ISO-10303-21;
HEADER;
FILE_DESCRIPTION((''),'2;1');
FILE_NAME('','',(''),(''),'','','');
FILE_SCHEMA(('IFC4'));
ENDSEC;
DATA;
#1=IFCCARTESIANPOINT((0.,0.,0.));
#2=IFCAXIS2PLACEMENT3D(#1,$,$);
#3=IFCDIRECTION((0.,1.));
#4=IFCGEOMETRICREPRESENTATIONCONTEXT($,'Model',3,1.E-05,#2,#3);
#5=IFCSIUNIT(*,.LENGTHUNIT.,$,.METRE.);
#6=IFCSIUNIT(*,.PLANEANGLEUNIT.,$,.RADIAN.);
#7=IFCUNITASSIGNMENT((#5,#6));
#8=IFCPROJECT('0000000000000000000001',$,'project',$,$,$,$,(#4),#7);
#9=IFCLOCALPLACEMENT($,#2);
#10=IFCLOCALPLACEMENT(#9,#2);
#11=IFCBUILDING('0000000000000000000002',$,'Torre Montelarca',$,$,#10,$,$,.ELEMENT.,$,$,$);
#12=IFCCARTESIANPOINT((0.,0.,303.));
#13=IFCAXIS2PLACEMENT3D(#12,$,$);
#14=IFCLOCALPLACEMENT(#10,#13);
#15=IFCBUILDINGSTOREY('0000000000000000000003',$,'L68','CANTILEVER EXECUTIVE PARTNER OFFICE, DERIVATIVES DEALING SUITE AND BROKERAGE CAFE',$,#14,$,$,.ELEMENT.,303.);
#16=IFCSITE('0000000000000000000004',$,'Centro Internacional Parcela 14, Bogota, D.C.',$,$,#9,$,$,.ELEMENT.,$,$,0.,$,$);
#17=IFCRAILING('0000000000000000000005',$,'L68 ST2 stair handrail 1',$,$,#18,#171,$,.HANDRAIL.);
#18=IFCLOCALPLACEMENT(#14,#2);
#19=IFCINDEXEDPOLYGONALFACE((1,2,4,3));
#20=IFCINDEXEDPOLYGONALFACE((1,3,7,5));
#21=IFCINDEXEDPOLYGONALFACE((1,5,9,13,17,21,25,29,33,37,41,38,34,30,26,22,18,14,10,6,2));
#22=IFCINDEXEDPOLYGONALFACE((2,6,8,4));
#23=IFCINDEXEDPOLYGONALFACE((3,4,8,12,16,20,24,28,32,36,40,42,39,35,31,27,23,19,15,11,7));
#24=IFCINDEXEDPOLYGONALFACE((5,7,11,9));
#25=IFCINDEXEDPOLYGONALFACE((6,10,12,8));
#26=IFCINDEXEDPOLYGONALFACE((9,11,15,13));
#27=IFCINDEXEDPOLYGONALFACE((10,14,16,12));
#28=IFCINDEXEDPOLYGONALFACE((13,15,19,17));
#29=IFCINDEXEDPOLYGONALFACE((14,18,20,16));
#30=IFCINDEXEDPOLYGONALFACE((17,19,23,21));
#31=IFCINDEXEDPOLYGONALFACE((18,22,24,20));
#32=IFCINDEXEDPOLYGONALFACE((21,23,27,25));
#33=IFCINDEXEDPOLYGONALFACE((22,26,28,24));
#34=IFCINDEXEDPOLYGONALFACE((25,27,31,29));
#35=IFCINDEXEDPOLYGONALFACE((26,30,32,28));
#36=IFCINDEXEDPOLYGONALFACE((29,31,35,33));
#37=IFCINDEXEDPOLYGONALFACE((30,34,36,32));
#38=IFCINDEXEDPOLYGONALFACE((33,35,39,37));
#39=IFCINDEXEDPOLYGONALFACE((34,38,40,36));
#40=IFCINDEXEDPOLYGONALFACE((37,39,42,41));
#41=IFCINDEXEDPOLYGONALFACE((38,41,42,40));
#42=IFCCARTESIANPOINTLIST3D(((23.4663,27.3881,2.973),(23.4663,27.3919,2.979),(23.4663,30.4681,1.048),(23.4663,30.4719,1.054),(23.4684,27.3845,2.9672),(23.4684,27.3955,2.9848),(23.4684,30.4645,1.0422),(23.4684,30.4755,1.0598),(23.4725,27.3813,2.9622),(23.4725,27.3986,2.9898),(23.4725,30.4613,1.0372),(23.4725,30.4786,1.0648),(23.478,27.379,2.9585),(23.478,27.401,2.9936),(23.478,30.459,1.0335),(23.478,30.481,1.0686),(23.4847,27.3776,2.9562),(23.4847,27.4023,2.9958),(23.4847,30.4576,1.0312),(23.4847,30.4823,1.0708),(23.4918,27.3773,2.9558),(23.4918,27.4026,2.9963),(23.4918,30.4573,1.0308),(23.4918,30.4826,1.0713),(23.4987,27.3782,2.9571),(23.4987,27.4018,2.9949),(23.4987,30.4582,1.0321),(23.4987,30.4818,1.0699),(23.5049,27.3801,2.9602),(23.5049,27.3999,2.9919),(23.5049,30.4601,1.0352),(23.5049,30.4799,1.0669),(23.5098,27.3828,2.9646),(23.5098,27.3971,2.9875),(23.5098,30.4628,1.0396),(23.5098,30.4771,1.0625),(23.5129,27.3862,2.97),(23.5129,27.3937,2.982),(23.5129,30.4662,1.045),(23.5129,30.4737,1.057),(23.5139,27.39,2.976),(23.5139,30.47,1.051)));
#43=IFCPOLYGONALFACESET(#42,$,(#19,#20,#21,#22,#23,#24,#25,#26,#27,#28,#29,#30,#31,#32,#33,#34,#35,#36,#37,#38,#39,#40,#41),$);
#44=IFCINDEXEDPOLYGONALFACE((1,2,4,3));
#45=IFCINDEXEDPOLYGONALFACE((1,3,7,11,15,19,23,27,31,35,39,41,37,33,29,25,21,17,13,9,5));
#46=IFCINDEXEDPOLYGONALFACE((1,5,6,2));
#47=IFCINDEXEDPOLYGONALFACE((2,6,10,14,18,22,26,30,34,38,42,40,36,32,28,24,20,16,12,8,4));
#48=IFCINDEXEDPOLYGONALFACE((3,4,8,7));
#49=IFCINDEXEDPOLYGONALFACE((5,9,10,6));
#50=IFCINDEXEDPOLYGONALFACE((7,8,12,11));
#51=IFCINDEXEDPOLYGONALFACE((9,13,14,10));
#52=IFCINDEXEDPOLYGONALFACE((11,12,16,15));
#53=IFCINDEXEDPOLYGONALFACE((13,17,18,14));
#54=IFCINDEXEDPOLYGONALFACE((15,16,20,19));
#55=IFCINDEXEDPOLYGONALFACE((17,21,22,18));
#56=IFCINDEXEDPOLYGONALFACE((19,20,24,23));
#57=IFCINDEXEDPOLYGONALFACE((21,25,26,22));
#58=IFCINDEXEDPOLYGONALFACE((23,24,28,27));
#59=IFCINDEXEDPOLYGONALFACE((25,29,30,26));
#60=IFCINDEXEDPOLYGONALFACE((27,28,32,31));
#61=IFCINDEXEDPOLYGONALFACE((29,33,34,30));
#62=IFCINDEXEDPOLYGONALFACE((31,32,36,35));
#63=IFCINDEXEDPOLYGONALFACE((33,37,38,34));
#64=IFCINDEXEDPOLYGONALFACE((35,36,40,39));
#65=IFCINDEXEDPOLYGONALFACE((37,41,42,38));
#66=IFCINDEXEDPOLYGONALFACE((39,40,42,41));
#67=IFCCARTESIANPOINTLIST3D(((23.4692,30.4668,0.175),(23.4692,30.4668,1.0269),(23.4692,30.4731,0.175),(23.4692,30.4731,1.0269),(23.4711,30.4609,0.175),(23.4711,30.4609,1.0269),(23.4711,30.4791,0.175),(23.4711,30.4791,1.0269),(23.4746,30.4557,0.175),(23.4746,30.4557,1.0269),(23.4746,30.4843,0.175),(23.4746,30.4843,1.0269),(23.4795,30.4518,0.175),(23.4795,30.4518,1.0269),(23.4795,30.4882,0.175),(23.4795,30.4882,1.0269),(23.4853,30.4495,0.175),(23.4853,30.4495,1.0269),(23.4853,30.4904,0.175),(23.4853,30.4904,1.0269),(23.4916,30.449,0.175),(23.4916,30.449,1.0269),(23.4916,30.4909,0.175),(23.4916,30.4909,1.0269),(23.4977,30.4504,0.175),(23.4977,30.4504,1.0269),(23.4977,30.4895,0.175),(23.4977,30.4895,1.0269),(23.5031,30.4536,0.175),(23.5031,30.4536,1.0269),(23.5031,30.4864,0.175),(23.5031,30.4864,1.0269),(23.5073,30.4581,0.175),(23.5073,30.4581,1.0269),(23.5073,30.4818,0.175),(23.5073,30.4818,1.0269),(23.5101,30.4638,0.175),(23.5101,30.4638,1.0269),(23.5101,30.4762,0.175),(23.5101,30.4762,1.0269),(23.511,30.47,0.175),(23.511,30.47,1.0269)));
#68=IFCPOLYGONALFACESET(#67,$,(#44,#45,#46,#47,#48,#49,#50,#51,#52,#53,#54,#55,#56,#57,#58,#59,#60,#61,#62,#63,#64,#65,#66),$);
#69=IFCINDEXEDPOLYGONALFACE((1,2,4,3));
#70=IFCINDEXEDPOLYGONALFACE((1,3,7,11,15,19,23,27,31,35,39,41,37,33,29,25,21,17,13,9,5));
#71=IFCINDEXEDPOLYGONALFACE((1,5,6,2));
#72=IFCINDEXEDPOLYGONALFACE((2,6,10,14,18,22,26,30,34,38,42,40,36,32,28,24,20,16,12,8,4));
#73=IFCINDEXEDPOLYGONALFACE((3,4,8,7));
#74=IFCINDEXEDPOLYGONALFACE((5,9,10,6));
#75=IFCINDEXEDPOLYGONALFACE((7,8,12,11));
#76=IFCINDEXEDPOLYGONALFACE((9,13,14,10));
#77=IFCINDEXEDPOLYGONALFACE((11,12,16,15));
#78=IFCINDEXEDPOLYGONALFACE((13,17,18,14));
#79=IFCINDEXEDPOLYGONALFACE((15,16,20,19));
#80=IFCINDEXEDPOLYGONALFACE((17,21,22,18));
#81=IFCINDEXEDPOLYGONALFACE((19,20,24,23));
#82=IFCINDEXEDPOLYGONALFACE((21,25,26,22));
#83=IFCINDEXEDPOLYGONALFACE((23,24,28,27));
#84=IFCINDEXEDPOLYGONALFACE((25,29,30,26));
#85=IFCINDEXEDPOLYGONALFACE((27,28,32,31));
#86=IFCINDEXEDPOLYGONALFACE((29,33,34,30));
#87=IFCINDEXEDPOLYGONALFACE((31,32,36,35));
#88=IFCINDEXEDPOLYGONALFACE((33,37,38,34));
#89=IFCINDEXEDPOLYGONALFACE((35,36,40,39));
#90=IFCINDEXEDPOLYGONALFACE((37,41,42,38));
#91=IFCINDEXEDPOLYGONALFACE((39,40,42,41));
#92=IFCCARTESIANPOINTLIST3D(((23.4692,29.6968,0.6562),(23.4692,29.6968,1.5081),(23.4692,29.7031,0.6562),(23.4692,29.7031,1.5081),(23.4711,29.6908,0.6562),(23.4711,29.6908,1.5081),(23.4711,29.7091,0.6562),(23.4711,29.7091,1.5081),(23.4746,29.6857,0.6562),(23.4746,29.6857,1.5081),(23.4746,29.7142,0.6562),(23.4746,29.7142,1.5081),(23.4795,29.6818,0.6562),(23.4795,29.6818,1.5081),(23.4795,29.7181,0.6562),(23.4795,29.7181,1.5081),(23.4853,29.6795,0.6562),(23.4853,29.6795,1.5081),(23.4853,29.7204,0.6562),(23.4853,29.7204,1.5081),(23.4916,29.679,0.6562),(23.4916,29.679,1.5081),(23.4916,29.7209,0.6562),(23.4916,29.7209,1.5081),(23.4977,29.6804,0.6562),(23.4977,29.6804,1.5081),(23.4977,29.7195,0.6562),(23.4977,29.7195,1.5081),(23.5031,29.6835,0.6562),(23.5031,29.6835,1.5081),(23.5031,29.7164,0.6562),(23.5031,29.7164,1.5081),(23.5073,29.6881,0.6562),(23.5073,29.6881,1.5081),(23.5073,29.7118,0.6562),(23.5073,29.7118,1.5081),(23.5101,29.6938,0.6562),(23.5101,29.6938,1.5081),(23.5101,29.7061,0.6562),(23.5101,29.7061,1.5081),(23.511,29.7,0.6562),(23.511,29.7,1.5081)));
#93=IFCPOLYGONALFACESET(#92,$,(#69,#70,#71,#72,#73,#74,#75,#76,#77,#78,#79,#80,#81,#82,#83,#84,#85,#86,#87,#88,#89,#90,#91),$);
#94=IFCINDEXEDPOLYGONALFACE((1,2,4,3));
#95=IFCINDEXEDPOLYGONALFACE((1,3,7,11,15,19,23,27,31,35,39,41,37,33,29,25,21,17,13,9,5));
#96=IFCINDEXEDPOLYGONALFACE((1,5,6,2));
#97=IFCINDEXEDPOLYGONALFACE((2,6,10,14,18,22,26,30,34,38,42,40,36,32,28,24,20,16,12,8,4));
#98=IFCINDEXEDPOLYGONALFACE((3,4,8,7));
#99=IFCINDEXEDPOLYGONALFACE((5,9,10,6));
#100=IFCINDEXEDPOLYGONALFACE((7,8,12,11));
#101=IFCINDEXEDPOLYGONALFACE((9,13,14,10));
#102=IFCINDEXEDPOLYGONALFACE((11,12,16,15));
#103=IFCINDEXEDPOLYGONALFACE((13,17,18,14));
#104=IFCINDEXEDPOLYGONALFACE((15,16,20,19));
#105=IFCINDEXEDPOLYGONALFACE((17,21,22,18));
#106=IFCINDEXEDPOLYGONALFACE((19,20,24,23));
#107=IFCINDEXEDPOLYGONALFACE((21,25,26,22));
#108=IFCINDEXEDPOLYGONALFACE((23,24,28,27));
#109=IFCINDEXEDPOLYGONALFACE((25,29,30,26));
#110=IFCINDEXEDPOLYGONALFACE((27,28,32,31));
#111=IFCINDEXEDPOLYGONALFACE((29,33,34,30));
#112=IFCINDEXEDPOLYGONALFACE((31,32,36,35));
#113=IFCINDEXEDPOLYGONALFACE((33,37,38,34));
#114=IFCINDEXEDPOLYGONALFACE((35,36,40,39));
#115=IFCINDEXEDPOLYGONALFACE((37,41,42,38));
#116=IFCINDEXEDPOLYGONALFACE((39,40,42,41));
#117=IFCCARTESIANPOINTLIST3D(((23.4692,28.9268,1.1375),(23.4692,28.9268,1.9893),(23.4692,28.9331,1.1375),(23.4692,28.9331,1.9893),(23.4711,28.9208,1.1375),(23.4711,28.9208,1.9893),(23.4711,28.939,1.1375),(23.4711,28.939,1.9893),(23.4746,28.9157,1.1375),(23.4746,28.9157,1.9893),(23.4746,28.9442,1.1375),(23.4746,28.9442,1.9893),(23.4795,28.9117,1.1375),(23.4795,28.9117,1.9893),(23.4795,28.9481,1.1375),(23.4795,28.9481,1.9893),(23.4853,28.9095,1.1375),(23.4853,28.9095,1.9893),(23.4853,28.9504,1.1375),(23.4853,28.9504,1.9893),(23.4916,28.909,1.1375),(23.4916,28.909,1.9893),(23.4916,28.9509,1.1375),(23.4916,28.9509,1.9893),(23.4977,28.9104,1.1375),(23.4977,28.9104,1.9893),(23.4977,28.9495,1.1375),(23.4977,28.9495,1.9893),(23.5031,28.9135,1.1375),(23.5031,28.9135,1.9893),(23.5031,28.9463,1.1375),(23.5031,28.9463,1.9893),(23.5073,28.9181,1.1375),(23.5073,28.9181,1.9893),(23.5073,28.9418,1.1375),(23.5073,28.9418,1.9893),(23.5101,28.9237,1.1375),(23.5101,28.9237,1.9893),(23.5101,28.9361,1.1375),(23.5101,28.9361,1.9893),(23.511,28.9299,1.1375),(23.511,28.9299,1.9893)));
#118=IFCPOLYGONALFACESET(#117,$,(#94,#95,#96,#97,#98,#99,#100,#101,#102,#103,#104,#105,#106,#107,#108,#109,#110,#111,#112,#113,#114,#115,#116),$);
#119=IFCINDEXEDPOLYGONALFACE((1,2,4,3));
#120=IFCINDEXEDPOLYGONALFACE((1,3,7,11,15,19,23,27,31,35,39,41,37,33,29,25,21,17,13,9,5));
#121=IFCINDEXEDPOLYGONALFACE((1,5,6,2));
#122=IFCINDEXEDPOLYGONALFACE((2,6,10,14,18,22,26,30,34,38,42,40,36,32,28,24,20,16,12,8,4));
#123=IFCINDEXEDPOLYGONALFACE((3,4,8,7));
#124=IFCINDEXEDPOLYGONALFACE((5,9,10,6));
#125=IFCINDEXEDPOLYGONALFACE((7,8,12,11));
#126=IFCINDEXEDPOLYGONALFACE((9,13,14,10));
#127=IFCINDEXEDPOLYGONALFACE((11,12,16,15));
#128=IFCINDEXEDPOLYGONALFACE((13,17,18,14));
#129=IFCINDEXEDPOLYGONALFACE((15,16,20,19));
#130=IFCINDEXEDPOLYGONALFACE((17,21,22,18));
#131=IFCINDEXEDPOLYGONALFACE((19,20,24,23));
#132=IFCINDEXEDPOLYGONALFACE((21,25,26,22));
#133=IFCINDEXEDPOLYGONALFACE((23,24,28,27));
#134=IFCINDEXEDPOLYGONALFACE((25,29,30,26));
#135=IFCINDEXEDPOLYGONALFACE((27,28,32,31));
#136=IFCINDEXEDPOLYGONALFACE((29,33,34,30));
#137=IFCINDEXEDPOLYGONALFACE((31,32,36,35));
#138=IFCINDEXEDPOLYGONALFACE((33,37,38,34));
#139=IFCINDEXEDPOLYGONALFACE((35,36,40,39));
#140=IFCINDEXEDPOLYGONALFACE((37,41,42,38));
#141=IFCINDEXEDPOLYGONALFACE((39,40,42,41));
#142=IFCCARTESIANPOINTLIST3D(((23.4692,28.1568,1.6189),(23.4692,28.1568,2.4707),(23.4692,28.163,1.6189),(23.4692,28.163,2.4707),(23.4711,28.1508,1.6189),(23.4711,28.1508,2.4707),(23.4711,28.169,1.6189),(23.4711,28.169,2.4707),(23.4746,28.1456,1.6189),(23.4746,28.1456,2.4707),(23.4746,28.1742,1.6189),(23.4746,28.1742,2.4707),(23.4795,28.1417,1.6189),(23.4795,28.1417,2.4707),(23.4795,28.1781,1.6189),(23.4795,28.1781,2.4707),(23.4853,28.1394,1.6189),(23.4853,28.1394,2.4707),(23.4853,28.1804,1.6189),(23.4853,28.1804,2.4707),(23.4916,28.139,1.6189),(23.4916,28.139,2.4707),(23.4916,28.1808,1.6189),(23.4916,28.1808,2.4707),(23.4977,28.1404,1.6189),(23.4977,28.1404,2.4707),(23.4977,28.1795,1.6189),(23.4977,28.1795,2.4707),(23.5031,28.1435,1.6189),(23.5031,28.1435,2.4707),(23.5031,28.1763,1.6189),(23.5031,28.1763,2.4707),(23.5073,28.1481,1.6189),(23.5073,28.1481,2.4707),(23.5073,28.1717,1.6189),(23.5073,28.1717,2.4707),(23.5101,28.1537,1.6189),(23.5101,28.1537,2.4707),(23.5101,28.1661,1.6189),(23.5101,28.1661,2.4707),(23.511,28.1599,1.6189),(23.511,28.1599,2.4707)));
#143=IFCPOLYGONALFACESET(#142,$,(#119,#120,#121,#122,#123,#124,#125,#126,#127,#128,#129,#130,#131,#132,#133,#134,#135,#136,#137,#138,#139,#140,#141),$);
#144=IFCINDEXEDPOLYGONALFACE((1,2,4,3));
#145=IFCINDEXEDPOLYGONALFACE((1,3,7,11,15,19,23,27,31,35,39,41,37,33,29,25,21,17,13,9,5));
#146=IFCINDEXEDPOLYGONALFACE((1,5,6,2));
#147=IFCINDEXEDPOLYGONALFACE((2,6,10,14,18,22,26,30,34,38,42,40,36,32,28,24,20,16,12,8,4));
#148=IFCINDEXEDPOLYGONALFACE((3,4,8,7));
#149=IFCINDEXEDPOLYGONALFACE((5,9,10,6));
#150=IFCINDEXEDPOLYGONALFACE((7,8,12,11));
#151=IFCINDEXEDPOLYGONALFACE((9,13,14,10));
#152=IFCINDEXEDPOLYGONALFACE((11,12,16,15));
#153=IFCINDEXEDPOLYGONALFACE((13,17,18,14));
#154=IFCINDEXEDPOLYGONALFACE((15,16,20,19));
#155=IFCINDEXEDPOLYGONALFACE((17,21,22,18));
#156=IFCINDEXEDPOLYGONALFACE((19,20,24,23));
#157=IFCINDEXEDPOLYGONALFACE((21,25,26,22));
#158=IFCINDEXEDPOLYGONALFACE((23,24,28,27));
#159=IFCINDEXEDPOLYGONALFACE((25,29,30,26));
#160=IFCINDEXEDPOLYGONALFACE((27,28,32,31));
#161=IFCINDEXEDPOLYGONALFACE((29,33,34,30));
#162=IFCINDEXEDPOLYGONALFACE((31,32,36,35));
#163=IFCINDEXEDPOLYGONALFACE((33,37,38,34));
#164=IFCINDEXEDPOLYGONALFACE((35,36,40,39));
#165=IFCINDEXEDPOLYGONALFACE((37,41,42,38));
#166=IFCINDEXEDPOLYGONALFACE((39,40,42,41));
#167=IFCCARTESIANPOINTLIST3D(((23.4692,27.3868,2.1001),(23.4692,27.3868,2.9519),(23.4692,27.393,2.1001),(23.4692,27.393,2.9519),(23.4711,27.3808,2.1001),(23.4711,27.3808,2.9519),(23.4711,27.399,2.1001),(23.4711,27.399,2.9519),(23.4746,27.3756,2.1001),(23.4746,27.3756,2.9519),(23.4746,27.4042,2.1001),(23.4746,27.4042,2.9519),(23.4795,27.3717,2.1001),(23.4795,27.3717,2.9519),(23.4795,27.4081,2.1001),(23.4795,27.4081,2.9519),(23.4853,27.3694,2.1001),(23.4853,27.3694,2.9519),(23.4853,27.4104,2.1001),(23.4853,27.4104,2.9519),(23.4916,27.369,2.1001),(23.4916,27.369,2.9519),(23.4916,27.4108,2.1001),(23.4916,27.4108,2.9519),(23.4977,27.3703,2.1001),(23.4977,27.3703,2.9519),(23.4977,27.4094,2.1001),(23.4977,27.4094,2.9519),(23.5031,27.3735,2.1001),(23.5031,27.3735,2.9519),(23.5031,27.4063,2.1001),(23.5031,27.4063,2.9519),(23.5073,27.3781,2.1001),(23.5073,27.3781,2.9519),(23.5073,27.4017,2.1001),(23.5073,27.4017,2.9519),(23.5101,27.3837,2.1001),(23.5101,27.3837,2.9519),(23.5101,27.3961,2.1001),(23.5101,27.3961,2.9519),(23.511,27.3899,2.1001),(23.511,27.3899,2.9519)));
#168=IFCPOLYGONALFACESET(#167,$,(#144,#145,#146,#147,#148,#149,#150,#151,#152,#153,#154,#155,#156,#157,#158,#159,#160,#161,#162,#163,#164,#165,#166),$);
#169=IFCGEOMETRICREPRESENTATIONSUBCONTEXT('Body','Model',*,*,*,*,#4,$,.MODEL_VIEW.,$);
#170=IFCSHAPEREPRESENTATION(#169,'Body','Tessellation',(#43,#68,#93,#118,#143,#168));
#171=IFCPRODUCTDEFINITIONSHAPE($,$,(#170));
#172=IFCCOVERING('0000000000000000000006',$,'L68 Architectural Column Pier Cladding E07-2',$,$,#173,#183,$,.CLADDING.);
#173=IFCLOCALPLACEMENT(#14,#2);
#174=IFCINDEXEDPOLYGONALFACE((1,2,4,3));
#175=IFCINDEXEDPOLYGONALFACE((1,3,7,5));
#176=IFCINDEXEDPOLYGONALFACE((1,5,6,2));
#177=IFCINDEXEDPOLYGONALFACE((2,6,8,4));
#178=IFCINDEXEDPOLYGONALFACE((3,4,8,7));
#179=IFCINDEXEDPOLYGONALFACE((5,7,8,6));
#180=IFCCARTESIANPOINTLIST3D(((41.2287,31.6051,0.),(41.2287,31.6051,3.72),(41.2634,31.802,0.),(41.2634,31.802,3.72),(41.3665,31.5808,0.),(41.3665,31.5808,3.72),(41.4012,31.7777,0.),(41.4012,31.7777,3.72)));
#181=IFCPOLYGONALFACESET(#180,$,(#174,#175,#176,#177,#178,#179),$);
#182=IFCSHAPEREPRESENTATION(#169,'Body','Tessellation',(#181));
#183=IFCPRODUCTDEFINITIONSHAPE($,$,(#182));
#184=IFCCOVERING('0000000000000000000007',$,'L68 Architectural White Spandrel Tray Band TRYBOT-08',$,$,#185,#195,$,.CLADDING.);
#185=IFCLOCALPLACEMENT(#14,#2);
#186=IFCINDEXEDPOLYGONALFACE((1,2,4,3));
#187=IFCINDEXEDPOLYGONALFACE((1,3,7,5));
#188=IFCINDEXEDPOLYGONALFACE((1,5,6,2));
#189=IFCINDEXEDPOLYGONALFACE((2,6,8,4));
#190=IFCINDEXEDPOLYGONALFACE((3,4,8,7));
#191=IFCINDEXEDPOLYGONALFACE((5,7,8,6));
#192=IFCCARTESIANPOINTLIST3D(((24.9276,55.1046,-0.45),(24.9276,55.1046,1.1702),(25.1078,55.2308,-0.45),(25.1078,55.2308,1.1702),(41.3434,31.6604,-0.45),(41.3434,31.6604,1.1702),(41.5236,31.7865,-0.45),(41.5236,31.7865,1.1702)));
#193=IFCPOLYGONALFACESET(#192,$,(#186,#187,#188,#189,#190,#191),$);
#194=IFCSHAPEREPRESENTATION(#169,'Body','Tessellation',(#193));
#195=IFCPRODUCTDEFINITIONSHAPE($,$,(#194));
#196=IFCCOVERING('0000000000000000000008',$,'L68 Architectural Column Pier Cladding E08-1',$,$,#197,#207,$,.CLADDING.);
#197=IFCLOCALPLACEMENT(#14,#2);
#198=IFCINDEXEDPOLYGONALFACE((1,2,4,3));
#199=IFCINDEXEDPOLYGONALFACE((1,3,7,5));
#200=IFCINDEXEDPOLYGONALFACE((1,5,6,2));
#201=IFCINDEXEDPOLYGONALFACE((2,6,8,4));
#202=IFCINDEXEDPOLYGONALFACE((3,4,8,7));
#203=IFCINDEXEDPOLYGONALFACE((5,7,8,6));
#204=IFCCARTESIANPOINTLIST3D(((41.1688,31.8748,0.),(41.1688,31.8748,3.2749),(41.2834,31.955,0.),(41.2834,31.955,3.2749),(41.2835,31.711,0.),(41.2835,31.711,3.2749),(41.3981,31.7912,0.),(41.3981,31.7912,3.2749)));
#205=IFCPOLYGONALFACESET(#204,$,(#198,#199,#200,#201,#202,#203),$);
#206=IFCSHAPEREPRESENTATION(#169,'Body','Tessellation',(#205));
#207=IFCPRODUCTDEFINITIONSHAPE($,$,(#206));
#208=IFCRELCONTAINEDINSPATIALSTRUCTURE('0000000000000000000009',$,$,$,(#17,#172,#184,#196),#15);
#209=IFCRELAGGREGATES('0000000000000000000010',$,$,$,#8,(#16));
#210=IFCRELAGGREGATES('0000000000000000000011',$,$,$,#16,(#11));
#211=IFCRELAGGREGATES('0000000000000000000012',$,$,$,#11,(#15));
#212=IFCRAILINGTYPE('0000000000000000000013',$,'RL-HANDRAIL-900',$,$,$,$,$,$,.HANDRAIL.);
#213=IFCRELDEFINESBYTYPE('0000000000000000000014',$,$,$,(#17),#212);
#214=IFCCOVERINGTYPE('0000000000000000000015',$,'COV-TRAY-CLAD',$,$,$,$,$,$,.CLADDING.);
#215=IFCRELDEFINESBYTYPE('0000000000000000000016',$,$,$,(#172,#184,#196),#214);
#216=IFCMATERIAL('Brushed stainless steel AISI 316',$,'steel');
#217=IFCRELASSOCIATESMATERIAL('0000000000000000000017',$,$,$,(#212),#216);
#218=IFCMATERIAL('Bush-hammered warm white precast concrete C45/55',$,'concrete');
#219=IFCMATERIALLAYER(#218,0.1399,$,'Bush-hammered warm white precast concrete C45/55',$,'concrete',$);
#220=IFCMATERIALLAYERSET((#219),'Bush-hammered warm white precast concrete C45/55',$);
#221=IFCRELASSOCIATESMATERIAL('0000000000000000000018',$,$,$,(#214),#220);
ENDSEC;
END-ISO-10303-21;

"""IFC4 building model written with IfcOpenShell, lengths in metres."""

from ifc_helpers import new_model, si_unit, direction, frame, origin, origin_2d, place, context, subcontext, project, spatial, rectangle, circle, extrude, source, transform, mapped, material, layer, layer_set, type_object, element, save


model = new_model("IFC4")

# Units and contexts
model_context = context("Model", 3, precision=1e-05, world=origin(), true_north=direction((0.0, 1.0)))
body_context = subcontext(model_context, "Body", "Model", "MODEL_VIEW")
ifc_project = project(units=[si_unit("LENGTHUNIT", "METRE"), si_unit("PLANEANGLEUNIT", "RADIAN")], contexts=[model_context])

# Site, building, storey
site_placement = place(None, origin())
site = spatial("IfcSite", under=ifc_project, at=site_placement, Name="Centro Internacional Parcela 14, Bogota, D.C.", CompositionType="ELEMENT", RefElevation=0.0)
building_placement = place(site_placement, origin())
building = spatial("IfcBuilding", under=site, at=building_placement, Name="Torre Montelarca", CompositionType="ELEMENT")
storey_placement = place(building_placement, frame((0.0, 0.0, 303.0)))
storey = spatial("IfcBuildingStorey", under=building, at=storey_placement, Name="L68", Description="CANTILEVER EXECUTIVE PARTNER OFFICE, DERIVATIVES DEALING SUITE AND BROKERAGE CAFE", CompositionType="ELEMENT", Elevation=303.0)

# Shared definitions
ifc_material_1 = material(Name="Brushed stainless steel AISI 316", Category="steel")

# Railing
railing_type_1 = type_object("IfcRailingType", Name="RL-HANDRAIL-900", PredefinedType="HANDRAIL", material=ifc_material_1)
railing_1_placement = place(storey_placement, frame((23.49, 30.47, 0.175)))
element("IfcRailing", 1, at=railing_1_placement, inside=storey, type_object=railing_type_1, Name="L68 ST2 stair handrail 1", PredefinedType="HANDRAIL", context=body_context, shape_type="SweptSolid", body=[
    extrude(circle(Radius=0.0239, at=origin_2d()), frame((0.0, 0.0, 0.876), z_axis=(0.0, -0.847998, 0.529999), x_axis=(1.0, 0.0, 0.0)), (0.0, 0.0, 1.0), 3.6321),
    extrude(circle(Radius=0.021, at=origin_2d()), origin(), (0.0, 0.0, 1.0), 0.8518),
    extrude(circle(Radius=0.021, at=origin_2d()), frame((0.0, -0.77, 0.4812)), (0.0, 0.0, 1.0), 0.8518),
    extrude(circle(Radius=0.021, at=origin_2d()), frame((0.0, -1.54, 0.9624)), (0.0, 0.0, 1.0), 0.8518),
    extrude(circle(Radius=0.021, at=origin_2d()), frame((0.0, -2.3101, 1.4438)), (0.0, 0.0, 1.0), 0.8518),
    extrude(circle(Radius=0.021, at=origin_2d()), frame((0.0, -3.0801, 1.925)), (0.0, 0.0, 1.0), 0.8518),
])

# Coverings
ifc_material_2 = material(Name="Bush-hammered warm white precast concrete C45/55", Category="concrete")
ifc_layer_1 = layer(ifc_material_2, 0.1399, Name="Bush-hammered warm white precast concrete C45/55", Category="concrete")
ifc_layer_set_1 = layer_set([ifc_layer_1], Name="Bush-hammered warm white precast concrete C45/55")
covering_type = type_object("IfcCoveringType", Name="COV-TRAY-CLAD", PredefinedType="CLADDING", material=ifc_layer_set_1)
shared_shape_1 = source(origin(), body_context, "Body", "SweptSolid", [
    extrude(rectangle(XDim=0.2, YDim=0.1399, at=origin_2d()), origin(), (0.0, 0.0, 1.0), 3.72),
])
covering_1_placement = place(storey_placement, frame((41.3149, 31.6914, 0.0), z_axis=(0.0, 0.0, 1.0), x_axis=(0.173626, 0.984812, 0.0)))
element("IfcCovering", 2, at=covering_1_placement, inside=storey, type_object=covering_type, Name="L68 Architectural Column Pier Cladding E07-2", PredefinedType="CLADDING", context=body_context, shape_type="MappedRepresentation", body=[
    mapped(shared_shape_1, transform((0.0, 0.0, 0.0), scale=1.0)),
])
shared_shape_2 = source(origin(), body_context, "Body", "SweptSolid", [
    extrude(rectangle(XDim=28.6201, YDim=0.22, at=origin_2d()), origin(), (0.0, 0.0, 1.0), 1.6201),
])
covering_2_placement = place(storey_placement, frame((33.2256, 43.4456, -0.45), z_axis=(0.0, 0.0, 1.0), x_axis=(-0.573576, 0.819152, 0.0)))
element("IfcCovering", 3, at=covering_2_placement, inside=storey, type_object=covering_type, Name="L68 Architectural White Spandrel Tray Band TRYBOT-08", PredefinedType="CLADDING", context=body_context, shape_type="MappedRepresentation", body=[
    mapped(shared_shape_2, transform((0.0, 0.0, 0.0), scale=1.0)),
])
shared_shape_3 = source(origin(), body_context, "Body", "SweptSolid", [
    extrude(rectangle(XDim=0.2, YDim=0.1399, at=origin_2d()), origin(), (0.0, 0.0, 1.0), 3.2749),
])
covering_3_placement = place(storey_placement, frame((41.2834, 31.833, 0.0), z_axis=(0.0, 0.0, 1.0), x_axis=(-0.573574, 0.819154, 0.0)))
element("IfcCovering", 4, at=covering_3_placement, inside=storey, type_object=covering_type, Name="L68 Architectural Column Pier Cladding E08-1", PredefinedType="CLADDING", context=body_context, shape_type="MappedRepresentation", body=[
    mapped(shared_shape_3, transform((0.0, 0.0, 0.0), scale=1.0)),
])

save(model, "model.ifc")
